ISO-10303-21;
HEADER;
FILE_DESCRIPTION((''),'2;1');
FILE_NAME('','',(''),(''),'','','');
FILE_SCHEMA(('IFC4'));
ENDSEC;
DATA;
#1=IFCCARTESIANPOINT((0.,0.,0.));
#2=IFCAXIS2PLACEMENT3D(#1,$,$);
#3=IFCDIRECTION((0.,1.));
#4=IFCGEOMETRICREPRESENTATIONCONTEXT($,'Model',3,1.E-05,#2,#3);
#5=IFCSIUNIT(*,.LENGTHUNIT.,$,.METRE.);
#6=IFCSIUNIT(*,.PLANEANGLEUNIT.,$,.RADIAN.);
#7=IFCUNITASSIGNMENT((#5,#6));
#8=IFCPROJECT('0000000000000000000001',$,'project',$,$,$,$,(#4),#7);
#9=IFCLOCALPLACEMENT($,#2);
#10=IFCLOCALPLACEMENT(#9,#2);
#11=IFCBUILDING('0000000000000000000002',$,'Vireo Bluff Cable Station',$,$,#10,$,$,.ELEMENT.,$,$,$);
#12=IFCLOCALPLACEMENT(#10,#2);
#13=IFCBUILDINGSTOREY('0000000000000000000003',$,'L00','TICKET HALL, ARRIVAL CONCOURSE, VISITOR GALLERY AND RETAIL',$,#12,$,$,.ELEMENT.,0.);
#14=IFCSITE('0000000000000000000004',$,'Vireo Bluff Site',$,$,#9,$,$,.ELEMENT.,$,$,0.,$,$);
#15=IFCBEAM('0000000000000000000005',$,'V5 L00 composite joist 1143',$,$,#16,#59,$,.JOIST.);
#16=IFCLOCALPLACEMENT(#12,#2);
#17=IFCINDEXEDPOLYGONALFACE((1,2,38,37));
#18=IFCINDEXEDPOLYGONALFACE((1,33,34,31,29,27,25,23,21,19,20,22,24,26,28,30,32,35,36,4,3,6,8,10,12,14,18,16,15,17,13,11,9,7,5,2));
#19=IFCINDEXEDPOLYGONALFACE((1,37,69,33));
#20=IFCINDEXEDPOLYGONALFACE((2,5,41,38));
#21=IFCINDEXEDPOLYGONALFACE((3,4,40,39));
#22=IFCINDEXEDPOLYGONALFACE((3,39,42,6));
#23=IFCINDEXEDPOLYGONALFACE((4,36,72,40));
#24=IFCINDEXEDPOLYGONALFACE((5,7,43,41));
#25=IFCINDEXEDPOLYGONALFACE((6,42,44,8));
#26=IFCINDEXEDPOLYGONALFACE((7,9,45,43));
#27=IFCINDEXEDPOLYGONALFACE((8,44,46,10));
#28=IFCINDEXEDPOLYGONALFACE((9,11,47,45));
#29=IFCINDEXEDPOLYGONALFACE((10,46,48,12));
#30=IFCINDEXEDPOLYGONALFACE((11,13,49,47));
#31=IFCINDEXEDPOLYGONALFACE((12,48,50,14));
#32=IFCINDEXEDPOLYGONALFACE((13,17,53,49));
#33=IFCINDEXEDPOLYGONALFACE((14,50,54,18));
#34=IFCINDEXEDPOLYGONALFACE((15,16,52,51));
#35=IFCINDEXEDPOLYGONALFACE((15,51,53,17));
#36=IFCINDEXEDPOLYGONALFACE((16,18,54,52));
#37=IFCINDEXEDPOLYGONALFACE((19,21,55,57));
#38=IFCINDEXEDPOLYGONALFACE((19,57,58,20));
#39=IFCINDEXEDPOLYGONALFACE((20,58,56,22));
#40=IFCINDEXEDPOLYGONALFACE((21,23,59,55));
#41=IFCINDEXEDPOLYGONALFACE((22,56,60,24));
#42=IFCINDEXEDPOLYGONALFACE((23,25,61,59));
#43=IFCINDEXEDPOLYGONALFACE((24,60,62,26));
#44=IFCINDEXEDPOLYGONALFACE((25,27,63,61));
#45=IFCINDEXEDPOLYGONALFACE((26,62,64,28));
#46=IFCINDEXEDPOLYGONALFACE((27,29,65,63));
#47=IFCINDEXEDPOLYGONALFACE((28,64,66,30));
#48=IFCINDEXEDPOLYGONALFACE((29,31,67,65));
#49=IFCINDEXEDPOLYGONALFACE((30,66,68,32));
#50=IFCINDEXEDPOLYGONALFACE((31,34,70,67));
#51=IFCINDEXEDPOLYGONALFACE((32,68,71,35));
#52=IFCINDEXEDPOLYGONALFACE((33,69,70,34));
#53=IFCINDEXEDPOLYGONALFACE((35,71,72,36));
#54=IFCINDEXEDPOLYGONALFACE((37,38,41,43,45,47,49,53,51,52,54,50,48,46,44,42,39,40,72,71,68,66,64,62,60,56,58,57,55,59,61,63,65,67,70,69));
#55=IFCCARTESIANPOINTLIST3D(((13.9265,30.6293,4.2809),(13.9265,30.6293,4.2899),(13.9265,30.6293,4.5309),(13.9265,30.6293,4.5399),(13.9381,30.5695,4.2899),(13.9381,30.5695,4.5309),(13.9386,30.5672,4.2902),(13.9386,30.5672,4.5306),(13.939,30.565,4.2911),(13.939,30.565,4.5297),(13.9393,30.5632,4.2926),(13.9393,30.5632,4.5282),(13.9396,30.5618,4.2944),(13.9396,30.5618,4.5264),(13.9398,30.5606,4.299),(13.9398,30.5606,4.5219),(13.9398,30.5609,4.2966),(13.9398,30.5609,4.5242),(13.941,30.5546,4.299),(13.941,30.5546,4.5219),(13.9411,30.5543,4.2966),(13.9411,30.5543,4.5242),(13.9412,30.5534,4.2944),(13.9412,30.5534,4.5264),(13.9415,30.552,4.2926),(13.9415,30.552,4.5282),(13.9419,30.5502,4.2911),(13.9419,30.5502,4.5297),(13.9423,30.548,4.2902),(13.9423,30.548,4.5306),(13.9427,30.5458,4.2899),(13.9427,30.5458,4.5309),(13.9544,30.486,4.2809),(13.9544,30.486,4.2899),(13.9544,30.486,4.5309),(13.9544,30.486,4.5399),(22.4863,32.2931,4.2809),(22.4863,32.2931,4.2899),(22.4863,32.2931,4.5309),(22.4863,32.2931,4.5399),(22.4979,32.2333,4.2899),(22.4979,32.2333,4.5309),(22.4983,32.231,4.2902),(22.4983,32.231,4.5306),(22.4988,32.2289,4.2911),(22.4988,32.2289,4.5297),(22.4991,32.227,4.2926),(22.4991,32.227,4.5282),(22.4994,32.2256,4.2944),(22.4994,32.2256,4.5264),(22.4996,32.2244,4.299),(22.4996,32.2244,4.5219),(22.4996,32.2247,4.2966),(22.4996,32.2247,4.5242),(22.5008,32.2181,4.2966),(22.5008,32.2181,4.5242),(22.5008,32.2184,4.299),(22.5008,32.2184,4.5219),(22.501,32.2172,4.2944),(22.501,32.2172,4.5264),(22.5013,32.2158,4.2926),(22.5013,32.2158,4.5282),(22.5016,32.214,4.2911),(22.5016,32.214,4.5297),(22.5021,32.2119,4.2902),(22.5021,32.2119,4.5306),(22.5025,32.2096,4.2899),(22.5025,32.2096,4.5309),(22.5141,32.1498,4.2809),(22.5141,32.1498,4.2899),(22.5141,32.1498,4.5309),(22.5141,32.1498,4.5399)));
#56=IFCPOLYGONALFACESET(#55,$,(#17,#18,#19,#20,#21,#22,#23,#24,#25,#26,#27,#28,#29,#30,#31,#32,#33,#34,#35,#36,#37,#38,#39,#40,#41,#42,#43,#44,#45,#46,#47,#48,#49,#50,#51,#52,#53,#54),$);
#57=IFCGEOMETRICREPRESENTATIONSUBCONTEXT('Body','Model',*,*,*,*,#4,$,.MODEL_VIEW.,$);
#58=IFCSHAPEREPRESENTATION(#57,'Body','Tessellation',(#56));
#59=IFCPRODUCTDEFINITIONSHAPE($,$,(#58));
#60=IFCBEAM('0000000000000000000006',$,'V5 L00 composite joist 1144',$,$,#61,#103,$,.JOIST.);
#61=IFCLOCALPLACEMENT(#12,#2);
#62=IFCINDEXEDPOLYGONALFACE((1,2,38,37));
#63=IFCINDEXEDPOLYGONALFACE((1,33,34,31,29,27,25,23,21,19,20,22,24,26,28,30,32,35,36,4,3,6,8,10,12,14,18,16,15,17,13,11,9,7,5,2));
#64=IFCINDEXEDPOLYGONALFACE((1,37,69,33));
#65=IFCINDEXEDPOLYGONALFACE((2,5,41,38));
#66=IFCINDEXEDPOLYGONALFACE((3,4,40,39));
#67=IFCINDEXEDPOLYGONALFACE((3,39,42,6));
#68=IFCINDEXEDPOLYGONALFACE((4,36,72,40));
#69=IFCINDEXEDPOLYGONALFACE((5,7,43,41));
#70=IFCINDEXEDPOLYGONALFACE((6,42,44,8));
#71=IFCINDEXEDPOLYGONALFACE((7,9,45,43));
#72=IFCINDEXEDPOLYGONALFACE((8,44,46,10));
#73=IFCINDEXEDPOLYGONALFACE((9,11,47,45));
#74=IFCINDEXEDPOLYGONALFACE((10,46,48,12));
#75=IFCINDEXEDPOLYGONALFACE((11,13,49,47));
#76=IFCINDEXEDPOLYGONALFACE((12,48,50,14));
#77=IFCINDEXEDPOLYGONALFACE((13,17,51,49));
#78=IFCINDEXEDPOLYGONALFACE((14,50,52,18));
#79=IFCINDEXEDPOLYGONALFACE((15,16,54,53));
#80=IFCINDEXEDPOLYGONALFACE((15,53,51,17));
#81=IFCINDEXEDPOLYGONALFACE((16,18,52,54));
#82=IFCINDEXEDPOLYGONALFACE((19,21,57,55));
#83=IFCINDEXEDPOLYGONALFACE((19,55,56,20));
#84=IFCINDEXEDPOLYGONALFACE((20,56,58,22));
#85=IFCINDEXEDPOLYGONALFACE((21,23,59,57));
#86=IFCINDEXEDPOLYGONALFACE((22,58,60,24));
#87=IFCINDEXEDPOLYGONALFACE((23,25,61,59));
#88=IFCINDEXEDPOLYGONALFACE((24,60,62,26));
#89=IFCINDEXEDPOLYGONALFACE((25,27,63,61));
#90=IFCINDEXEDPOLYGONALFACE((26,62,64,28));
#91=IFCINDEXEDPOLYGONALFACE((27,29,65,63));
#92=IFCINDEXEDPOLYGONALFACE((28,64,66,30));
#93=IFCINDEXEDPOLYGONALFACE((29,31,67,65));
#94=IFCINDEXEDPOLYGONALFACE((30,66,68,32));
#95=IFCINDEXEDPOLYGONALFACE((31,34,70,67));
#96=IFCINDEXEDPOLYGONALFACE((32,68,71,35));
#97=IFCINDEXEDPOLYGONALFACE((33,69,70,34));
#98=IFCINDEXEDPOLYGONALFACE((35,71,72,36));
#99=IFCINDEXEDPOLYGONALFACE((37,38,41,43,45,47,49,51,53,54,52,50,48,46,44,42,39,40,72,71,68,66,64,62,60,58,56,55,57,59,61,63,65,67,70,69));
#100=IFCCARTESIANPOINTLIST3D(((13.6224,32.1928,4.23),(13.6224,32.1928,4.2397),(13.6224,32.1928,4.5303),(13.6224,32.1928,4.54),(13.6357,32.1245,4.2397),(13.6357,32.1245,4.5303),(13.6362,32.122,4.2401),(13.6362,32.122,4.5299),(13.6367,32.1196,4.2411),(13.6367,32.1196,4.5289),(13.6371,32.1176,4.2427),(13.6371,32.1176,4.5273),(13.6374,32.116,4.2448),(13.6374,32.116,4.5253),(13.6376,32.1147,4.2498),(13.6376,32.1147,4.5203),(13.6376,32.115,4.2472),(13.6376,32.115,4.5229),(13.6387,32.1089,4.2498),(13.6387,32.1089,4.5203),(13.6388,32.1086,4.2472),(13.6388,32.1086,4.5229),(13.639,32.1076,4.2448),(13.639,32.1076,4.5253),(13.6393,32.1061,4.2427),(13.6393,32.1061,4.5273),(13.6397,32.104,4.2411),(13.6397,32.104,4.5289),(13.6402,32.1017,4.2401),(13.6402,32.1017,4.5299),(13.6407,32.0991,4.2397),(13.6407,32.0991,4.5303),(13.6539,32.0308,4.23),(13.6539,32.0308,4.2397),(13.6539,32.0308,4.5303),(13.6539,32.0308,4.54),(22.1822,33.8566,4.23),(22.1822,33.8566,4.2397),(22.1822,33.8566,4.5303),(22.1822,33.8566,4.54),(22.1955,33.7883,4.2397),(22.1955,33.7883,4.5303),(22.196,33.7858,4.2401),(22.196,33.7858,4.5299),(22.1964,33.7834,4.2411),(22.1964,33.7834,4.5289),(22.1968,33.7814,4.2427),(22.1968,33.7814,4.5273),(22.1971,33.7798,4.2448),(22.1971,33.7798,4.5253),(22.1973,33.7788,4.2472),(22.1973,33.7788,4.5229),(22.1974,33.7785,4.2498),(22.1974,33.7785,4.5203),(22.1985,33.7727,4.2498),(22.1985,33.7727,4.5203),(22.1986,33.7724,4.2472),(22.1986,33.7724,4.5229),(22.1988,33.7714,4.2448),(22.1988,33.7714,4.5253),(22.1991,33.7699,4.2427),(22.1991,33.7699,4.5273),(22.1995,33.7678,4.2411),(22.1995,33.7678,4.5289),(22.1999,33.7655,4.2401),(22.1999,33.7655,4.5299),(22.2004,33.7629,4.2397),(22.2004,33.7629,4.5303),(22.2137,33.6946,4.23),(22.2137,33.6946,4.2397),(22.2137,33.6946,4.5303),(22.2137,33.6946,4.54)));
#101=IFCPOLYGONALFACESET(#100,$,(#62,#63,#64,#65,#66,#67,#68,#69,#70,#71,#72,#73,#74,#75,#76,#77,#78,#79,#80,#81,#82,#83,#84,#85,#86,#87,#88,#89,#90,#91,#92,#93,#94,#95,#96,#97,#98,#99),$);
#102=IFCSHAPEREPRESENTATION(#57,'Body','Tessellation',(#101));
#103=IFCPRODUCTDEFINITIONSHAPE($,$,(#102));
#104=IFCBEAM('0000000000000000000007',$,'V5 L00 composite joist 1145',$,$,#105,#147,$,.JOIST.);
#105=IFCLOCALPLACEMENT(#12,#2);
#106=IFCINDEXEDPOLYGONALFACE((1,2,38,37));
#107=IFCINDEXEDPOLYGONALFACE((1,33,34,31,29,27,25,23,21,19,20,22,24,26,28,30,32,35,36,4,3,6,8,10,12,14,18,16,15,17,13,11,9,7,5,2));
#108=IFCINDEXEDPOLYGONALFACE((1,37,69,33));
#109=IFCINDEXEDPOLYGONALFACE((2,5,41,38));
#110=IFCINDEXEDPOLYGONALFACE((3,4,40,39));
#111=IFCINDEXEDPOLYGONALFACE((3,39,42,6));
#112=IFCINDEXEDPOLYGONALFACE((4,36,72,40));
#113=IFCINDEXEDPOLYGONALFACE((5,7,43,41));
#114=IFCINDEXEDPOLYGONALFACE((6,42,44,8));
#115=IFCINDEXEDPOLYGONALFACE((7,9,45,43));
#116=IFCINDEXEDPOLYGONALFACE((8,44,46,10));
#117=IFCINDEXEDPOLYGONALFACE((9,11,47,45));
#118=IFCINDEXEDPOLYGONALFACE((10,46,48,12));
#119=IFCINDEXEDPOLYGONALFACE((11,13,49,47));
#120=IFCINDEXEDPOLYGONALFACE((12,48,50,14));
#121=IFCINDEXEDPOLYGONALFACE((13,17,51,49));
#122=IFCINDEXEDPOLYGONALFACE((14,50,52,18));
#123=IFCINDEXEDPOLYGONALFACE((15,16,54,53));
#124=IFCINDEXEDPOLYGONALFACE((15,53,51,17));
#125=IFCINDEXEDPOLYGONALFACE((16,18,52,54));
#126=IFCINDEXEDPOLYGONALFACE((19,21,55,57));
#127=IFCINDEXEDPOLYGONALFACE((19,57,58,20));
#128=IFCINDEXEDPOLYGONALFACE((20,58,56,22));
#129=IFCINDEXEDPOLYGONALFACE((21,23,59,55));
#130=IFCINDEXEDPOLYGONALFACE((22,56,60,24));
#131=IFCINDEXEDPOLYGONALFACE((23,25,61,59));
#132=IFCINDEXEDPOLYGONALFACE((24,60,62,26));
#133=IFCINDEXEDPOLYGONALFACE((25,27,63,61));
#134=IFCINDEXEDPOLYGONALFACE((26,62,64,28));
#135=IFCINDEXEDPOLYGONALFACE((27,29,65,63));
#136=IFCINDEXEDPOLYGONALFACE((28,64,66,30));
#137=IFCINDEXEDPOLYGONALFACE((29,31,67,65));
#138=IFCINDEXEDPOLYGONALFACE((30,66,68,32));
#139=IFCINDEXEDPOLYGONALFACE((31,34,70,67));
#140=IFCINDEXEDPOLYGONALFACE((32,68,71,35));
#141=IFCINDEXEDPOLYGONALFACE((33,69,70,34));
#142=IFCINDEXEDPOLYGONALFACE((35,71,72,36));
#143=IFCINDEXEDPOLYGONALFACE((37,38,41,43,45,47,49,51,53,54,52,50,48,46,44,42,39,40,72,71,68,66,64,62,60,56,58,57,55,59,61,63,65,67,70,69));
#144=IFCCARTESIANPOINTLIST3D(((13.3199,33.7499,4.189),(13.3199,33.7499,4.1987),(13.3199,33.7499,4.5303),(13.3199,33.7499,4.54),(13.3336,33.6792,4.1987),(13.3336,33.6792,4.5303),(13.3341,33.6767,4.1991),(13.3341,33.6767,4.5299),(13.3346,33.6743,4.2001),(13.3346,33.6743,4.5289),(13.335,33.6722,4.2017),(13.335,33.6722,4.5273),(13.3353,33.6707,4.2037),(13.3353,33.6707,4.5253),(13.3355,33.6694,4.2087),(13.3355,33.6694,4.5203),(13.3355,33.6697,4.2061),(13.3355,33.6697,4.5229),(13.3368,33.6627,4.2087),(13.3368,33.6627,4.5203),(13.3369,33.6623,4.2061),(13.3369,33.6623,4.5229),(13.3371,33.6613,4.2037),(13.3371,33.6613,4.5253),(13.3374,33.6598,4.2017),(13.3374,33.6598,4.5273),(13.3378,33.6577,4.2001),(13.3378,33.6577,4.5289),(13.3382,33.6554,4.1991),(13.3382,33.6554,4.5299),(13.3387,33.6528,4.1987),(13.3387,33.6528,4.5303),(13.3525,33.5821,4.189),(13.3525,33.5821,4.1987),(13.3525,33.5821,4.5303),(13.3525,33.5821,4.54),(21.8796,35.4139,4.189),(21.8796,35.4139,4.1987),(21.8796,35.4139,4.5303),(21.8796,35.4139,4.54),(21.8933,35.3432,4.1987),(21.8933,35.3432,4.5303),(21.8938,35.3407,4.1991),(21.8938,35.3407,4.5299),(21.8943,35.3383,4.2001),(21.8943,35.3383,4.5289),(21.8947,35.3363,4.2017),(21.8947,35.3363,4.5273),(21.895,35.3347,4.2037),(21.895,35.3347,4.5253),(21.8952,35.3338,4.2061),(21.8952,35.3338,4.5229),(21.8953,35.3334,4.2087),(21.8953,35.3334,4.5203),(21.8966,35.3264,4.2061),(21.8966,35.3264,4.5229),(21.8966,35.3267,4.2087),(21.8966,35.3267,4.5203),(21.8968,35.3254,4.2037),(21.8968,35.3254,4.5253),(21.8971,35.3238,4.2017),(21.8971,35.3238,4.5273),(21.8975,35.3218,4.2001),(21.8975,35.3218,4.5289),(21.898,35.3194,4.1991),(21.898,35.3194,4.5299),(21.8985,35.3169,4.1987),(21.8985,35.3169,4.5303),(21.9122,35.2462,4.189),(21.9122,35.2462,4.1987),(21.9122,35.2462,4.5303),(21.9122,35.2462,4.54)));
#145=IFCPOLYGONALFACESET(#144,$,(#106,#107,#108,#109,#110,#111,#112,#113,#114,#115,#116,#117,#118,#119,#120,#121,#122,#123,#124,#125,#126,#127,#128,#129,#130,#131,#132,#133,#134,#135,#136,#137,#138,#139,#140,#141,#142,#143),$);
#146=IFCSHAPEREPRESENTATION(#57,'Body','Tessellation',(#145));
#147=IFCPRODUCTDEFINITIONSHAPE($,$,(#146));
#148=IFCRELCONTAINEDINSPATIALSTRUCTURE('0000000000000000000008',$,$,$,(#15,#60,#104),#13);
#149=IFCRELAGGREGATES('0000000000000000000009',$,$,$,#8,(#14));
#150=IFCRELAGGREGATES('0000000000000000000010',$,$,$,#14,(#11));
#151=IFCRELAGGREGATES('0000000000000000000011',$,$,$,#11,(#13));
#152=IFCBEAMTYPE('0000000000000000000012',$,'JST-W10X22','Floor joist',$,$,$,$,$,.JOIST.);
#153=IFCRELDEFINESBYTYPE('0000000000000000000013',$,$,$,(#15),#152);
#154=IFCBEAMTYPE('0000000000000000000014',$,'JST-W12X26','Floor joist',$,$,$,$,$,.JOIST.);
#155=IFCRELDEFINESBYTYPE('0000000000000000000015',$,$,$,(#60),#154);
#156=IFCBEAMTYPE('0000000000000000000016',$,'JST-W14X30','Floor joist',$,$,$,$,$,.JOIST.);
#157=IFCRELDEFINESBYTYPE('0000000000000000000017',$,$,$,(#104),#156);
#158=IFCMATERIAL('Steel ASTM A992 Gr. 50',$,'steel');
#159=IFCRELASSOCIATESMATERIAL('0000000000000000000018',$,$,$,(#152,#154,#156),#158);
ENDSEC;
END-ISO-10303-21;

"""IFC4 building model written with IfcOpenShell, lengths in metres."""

from ifc_helpers import new_model, si_unit, direction, frame, origin, origin_2d, place, context, subcontext, project, spatial, i_section, extrude, material, material_profile, profile_set, type_object, element, save


model = new_model("IFC4")

# Units and contexts
model_context = context("Model", 3, precision=1e-05, world=origin(), true_north=direction((0.0, 1.0)))
body_context = subcontext(model_context, "Body", "Model", "MODEL_VIEW")
ifc_project = project(units=[si_unit("LENGTHUNIT", "METRE"), si_unit("PLANEANGLEUNIT", "RADIAN")], contexts=[model_context])

# Site, building, storey
site_placement = place(None, origin())
site = spatial("IfcSite", under=ifc_project, at=site_placement, Name="Vireo Bluff Site", CompositionType="ELEMENT", RefElevation=0.0)
building_placement = place(site_placement, origin())
building = spatial("IfcBuilding", under=site, at=building_placement, Name="Vireo Bluff Cable Station", CompositionType="ELEMENT")
storey_placement = place(building_placement, origin())
storey = spatial("IfcBuildingStorey", under=building, at=storey_placement, Name="L00", Description="TICKET HALL, ARRIVAL CONCOURSE, VISITOR GALLERY AND RETAIL", CompositionType="ELEMENT", Elevation=0.0)

# Shared definitions
ifc_material_1 = material(Name="Steel ASTM A992 Gr. 50", Category="steel")

# Beams
ifc_material_profile_1 = material_profile(ifc_material_1, i_section(OverallWidth=0.146, OverallDepth=0.259, WebThickness=0.0061, FlangeThickness=0.009, FilletRadius=0.009, at=origin_2d()), Name="W10X22")
ifc_profile_set_1 = profile_set([ifc_material_profile_1], Name="Steel ASTM A992 Gr. 50")
beam_type_1 = type_object("IfcBeamType", Name="JST-W10X22", Description="Floor joist", PredefinedType="JOIST", material=ifc_profile_set_1)
beam_1_placement = place(storey_placement, frame((13.9404, 30.5576, 4.4104), z_axis=(0.981628, 0.190804, 0.0), x_axis=(-0.190804, 0.981628, 0.0)))
element("IfcBeam", 1, at=beam_1_placement, inside=storey, type_object=beam_type_1, Name="V5 L00 composite joist 1143", PredefinedType="JOIST", context=body_context, shape_type="SweptSolid", body=[
    extrude(i_section(OverallWidth=0.146, OverallDepth=0.259, WebThickness=0.0061, FlangeThickness=0.009, FilletRadius=0.009, at=origin_2d()), origin(), (0.0, 0.0, 1.0), 8.72),
])
ifc_material_profile_2 = material_profile(ifc_material_1, i_section(OverallWidth=0.165, OverallDepth=0.3101, WebThickness=0.0059, FlangeThickness=0.0098, FilletRadius=0.01, at=origin_2d()), Name="W12X26")
ifc_profile_set_2 = profile_set([ifc_material_profile_2], Name="Steel ASTM A992 Gr. 50")
beam_type_2 = type_object("IfcBeamType", Name="JST-W12X26", Description="Floor joist", PredefinedType="JOIST", material=ifc_profile_set_2)
beam_2_placement = place(storey_placement, frame((13.6382, 32.1118, 4.385), z_axis=(0.981628, 0.190804, 0.0), x_axis=(-0.190804, 0.981628, 0.0)))
element("IfcBeam", 2, at=beam_2_placement, inside=storey, type_object=beam_type_2, Name="V5 L00 composite joist 1144", PredefinedType="JOIST", context=body_context, shape_type="SweptSolid", body=[
    extrude(i_section(OverallWidth=0.165, OverallDepth=0.3101, WebThickness=0.0059, FlangeThickness=0.0098, FilletRadius=0.01, at=origin_2d()), origin(), (0.0, 0.0, 1.0), 8.72),
])
ifc_material_profile_3 = material_profile(ifc_material_1, i_section(OverallWidth=0.1709, OverallDepth=0.3511, WebThickness=0.0068, FlangeThickness=0.0098, FilletRadius=0.01, at=origin_2d()), Name="W14X30")
ifc_profile_set_3 = profile_set([ifc_material_profile_3], Name="Steel ASTM A992 Gr. 50")
beam_type_3 = type_object("IfcBeamType", Name="JST-W14X30", Description="Floor joist", PredefinedType="JOIST", material=ifc_profile_set_3)
beam_3_placement = place(storey_placement, frame((13.3362, 33.666, 4.3645), z_axis=(0.981623, 0.190831, 0.0), x_axis=(-0.190831, 0.981623, 0.0)))
element("IfcBeam", 3, at=beam_3_placement, inside=storey, type_object=beam_type_3, Name="V5 L00 composite joist 1145", PredefinedType="JOIST", context=body_context, shape_type="SweptSolid", body=[
    extrude(i_section(OverallWidth=0.1709, OverallDepth=0.3511, WebThickness=0.0068, FlangeThickness=0.0098, FilletRadius=0.01, at=origin_2d()), origin(), (0.0, 0.0, 1.0), 8.72),
])

save(model, "model.ifc")
